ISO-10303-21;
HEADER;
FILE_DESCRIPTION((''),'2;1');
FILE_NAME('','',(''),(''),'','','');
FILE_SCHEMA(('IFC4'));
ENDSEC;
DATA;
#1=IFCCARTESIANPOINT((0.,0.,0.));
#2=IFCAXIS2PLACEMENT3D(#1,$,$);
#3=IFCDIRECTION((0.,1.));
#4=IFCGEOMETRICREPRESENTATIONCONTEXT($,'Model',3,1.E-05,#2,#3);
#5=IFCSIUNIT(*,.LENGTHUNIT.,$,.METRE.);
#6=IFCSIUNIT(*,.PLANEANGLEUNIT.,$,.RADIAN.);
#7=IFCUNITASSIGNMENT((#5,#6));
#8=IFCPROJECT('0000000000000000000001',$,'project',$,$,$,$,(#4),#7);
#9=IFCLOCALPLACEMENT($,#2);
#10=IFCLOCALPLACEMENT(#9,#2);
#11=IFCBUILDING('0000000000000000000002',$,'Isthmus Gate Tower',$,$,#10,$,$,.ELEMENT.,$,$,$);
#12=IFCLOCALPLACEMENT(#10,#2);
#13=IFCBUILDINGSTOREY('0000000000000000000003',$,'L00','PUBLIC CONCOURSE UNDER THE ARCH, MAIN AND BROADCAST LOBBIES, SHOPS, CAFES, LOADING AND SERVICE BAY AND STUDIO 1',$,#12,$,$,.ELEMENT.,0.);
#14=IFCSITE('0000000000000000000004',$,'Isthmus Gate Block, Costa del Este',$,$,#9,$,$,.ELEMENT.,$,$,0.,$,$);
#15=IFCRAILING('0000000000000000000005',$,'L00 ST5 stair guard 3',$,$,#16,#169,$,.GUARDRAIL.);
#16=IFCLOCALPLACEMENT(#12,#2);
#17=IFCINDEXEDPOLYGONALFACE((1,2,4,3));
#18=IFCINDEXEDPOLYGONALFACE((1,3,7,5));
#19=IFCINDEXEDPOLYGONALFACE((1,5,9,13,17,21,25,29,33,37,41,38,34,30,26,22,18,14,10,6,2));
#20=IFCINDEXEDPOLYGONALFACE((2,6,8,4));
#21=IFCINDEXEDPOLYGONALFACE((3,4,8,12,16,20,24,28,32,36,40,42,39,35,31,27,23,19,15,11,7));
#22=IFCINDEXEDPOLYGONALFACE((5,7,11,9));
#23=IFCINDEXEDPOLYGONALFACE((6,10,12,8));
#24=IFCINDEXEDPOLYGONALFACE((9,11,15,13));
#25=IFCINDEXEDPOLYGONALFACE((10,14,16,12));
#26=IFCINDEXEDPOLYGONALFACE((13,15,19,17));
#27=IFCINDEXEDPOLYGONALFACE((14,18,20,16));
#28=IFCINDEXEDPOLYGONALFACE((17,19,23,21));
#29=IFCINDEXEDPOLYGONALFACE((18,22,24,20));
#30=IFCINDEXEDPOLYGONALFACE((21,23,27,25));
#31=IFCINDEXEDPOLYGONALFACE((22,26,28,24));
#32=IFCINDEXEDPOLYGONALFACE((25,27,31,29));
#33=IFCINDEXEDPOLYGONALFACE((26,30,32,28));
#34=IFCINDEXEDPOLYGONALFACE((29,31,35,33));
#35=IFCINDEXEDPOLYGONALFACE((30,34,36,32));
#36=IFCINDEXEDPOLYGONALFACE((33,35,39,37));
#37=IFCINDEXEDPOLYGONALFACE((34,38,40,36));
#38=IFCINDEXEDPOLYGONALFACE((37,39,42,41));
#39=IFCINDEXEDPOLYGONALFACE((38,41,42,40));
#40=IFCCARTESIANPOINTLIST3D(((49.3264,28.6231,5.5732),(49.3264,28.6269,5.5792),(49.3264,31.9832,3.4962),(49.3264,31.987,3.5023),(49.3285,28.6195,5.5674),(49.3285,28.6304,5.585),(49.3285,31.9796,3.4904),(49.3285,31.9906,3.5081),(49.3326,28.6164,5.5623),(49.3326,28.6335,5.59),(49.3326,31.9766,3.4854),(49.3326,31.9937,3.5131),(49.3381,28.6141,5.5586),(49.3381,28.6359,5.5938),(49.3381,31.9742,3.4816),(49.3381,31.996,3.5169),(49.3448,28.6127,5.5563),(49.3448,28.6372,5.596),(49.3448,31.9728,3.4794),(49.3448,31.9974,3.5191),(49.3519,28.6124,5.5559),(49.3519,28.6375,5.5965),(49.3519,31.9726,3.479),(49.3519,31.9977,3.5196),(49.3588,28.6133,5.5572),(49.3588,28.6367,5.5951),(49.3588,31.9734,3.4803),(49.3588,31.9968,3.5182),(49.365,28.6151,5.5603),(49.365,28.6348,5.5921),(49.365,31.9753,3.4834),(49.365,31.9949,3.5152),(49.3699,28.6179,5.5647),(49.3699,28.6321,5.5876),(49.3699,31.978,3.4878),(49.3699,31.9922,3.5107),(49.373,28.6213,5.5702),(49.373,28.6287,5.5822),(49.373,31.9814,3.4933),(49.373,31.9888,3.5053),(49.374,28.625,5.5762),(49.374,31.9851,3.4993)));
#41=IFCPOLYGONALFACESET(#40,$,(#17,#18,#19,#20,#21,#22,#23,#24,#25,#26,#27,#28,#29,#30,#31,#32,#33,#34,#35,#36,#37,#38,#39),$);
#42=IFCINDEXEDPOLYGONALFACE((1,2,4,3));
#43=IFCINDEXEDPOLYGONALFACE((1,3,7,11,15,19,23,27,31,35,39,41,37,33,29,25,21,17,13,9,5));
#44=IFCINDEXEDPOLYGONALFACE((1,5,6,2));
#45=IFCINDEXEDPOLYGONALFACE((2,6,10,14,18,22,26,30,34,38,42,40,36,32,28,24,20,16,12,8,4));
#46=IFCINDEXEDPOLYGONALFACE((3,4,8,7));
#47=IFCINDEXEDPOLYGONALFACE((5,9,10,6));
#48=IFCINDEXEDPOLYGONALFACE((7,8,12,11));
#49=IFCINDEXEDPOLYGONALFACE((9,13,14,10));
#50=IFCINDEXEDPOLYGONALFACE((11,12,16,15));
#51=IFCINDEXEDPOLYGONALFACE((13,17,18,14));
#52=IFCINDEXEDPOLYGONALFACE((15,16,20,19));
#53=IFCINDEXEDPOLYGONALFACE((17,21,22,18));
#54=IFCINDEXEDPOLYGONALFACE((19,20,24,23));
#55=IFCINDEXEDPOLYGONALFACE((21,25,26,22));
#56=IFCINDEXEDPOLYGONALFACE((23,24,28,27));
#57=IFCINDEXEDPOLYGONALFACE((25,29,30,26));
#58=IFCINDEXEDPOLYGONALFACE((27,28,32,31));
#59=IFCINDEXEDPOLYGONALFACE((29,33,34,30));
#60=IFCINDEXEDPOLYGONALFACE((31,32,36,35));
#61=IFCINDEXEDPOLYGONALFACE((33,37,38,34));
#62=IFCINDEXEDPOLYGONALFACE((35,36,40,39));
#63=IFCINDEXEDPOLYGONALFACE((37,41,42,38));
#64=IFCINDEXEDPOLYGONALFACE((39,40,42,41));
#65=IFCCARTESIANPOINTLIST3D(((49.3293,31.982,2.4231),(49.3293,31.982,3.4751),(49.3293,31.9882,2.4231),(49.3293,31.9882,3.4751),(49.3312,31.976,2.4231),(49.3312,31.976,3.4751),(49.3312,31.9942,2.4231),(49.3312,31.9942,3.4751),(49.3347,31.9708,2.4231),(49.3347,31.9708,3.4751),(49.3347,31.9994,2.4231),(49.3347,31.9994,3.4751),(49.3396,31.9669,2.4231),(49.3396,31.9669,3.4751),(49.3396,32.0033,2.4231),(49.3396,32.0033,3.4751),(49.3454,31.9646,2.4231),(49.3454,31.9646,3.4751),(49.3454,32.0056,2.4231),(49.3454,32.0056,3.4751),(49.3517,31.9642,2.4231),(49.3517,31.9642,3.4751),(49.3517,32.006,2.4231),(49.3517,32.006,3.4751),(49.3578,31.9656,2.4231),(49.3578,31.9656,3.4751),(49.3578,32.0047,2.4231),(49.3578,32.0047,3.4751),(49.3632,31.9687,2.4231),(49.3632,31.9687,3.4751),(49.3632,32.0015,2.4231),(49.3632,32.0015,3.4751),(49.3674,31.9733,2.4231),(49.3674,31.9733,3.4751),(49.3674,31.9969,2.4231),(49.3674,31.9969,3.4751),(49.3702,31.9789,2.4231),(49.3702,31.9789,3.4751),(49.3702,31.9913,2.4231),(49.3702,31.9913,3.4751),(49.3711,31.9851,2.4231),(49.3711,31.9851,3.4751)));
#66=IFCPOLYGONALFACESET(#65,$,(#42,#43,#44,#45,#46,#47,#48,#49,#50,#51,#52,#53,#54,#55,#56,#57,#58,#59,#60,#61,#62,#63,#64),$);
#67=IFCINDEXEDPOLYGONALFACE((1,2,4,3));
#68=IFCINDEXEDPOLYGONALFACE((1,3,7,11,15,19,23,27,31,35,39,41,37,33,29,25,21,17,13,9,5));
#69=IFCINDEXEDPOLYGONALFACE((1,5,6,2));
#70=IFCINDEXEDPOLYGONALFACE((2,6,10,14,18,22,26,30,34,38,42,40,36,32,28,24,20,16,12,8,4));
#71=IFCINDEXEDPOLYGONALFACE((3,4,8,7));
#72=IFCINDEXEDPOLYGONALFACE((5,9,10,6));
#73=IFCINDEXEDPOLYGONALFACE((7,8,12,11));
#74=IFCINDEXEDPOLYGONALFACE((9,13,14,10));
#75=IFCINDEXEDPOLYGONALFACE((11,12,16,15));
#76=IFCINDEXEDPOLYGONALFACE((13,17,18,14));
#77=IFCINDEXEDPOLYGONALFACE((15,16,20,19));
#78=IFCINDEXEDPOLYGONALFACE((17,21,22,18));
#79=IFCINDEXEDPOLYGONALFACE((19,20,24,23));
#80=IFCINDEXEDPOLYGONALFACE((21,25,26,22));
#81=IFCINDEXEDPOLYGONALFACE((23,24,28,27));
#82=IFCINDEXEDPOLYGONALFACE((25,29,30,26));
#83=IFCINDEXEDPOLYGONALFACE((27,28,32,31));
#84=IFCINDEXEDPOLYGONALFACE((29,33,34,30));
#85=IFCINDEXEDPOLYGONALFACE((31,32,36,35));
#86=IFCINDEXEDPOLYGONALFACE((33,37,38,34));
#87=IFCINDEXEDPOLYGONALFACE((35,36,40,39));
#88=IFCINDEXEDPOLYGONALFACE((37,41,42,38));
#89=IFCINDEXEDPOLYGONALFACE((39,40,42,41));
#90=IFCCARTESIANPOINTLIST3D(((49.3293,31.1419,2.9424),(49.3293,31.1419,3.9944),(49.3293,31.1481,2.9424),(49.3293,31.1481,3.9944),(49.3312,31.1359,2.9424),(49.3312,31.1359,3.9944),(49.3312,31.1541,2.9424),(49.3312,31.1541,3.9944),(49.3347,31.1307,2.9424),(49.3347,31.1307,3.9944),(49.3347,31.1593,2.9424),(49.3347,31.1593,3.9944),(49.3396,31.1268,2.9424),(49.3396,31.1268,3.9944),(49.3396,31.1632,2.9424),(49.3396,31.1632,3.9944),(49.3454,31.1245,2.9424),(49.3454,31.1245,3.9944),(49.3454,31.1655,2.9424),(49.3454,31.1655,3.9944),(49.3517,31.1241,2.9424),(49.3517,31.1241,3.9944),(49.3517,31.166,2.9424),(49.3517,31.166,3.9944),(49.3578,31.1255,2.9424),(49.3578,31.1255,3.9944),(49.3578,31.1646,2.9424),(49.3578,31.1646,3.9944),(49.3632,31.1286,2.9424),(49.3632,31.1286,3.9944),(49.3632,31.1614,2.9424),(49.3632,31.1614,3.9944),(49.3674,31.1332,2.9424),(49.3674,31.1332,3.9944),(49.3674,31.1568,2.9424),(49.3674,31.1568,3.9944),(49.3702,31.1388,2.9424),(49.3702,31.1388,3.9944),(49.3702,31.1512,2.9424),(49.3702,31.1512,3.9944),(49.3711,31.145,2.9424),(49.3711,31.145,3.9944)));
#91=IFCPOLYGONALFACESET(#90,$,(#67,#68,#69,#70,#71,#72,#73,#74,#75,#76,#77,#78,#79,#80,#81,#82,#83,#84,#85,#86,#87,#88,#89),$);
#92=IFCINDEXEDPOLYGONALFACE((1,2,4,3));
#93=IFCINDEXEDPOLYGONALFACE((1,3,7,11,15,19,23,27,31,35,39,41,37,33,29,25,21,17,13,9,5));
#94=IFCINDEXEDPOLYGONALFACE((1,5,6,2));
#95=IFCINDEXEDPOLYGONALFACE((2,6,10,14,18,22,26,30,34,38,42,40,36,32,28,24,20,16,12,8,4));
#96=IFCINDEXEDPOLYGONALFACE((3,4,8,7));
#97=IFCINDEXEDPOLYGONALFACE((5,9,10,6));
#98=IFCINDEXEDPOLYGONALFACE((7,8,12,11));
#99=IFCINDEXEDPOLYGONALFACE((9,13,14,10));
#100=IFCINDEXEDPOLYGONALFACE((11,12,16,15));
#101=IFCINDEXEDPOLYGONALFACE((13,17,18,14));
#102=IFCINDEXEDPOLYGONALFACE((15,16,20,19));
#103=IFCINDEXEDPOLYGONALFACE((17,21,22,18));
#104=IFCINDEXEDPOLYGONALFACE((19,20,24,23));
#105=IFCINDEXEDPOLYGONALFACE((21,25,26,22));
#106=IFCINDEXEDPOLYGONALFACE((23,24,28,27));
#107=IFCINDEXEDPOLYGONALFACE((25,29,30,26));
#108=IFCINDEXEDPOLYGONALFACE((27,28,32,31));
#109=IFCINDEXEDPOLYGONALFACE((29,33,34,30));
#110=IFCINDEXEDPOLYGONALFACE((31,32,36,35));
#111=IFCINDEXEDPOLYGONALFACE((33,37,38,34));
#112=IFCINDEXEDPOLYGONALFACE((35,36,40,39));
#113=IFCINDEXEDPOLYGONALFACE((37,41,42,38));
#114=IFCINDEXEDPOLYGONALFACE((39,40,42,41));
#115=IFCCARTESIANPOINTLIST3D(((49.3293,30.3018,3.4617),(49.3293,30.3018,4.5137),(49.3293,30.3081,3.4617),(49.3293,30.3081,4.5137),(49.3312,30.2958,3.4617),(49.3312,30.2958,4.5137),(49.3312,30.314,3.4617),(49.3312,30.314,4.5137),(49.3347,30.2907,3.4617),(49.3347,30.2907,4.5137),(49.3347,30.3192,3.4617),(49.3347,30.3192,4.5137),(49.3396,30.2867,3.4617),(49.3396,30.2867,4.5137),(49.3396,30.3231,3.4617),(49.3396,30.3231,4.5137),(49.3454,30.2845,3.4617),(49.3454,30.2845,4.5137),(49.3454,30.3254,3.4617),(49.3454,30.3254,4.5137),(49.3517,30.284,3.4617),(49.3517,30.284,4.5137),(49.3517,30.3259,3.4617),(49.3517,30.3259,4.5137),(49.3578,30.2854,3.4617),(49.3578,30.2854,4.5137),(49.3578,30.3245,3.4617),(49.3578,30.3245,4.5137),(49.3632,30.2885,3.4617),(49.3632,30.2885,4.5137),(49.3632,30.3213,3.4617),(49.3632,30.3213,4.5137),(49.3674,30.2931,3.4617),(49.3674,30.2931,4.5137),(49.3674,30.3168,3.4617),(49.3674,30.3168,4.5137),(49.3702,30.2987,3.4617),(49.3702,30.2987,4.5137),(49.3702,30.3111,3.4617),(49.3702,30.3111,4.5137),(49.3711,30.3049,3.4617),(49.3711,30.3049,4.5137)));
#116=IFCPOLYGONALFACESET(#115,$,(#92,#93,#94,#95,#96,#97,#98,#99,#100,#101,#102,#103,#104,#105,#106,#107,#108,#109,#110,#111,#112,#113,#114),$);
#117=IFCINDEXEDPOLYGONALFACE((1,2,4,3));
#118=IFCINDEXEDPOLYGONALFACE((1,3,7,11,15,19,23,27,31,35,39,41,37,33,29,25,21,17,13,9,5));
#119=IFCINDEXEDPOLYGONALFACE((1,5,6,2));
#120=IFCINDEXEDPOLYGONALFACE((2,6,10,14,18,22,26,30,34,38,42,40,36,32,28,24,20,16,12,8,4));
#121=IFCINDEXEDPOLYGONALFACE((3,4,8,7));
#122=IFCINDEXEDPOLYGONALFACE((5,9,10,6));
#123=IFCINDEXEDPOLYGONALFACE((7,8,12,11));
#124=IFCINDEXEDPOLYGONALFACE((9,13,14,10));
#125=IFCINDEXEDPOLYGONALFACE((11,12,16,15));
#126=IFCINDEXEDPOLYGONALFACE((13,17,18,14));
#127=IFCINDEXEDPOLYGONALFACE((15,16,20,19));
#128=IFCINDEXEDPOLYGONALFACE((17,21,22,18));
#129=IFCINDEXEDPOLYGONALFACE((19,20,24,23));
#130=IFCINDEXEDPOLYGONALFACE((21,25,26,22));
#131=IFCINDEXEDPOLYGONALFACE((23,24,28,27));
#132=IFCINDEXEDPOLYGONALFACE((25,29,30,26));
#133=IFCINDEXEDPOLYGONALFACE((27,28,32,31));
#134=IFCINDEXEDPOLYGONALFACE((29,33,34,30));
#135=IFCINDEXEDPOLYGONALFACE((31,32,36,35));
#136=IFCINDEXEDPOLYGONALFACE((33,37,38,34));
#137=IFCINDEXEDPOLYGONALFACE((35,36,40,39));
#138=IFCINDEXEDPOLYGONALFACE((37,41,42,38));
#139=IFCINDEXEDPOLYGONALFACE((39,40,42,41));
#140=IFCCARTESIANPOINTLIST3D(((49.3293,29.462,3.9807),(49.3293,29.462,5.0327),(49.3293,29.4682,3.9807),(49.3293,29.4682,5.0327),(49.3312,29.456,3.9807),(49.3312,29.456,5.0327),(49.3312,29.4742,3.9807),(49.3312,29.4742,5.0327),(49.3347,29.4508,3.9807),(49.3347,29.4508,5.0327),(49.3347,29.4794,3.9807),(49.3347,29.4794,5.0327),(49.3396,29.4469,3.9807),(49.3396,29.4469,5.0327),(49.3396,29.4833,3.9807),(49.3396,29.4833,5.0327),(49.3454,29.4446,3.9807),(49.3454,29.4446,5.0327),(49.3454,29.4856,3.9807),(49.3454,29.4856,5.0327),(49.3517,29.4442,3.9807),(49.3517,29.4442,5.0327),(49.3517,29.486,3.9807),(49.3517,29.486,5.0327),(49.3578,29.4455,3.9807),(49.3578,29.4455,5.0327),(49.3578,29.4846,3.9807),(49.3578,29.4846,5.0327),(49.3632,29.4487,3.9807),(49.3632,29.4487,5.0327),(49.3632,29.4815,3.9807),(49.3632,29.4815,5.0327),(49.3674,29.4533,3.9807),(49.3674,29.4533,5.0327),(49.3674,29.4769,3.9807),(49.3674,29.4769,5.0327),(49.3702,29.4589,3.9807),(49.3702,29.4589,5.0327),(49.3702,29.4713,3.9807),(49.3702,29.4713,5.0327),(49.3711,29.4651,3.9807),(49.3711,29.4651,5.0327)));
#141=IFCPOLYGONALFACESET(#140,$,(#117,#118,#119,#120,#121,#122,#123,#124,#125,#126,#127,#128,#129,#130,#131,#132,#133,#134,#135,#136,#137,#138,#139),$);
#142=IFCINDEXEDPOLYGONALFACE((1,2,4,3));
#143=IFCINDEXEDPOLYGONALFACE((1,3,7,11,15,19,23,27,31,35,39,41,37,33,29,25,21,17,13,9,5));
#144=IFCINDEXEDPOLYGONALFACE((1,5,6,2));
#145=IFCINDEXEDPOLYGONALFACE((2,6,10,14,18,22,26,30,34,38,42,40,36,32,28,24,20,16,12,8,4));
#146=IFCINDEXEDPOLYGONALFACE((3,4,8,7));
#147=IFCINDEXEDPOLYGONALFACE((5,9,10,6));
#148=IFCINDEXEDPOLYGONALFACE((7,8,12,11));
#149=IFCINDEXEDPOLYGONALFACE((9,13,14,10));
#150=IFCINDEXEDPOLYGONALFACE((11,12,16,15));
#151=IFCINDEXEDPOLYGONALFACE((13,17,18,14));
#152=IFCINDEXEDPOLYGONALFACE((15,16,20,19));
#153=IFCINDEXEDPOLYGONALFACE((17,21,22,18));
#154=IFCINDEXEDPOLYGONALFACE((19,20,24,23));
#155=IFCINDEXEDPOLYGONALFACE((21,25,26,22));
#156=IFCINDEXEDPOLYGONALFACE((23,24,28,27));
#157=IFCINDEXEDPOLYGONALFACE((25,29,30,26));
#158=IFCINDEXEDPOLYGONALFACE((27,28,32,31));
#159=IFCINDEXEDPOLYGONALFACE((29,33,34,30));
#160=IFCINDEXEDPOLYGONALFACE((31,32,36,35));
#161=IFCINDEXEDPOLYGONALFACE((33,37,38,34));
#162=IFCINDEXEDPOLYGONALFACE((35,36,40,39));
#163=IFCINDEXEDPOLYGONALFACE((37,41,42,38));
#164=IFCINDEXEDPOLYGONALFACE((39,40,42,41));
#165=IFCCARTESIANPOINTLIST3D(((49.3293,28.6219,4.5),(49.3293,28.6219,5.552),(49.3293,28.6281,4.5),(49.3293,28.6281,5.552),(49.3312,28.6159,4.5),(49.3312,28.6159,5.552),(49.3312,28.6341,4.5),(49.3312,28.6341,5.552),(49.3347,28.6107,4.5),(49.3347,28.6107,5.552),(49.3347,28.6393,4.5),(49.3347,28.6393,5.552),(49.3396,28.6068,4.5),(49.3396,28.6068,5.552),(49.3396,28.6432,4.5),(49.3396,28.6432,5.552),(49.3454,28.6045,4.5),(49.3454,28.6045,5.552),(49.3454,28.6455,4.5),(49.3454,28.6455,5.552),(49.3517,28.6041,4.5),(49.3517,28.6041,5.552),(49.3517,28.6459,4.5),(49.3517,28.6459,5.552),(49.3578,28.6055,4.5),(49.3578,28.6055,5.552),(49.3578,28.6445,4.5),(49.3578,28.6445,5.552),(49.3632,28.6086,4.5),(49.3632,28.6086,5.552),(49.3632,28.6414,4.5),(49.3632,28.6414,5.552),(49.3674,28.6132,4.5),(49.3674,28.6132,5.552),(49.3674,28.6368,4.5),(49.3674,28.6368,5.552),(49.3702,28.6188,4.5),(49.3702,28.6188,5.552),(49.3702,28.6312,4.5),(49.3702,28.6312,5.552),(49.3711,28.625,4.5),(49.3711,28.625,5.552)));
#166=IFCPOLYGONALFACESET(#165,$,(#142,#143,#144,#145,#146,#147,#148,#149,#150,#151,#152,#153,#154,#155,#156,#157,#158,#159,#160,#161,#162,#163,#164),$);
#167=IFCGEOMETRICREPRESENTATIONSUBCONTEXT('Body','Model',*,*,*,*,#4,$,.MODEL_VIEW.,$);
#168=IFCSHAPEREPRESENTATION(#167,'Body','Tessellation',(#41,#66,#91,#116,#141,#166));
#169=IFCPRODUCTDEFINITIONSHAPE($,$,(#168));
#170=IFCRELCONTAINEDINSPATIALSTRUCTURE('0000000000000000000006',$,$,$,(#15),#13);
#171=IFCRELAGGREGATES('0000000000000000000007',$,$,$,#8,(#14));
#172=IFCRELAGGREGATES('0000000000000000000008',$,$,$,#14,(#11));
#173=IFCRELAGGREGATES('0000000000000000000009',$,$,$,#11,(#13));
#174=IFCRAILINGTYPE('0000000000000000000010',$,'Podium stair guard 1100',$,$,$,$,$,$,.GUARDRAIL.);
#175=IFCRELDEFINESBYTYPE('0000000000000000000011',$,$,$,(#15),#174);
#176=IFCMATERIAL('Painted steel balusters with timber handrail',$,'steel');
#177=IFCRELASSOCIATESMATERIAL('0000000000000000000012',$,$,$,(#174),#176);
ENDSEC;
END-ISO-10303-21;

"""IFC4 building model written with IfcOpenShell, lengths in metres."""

from ifc_helpers import new_model, si_unit, direction, frame, origin, origin_2d, place, context, subcontext, project, spatial, circle, extrude, material, type_object, element, save


model = new_model("IFC4")

# Units and contexts
model_context = context("Model", 3, precision=1e-05, world=origin(), true_north=direction((0.0, 1.0)))
body_context = subcontext(model_context, "Body", "Model", "MODEL_VIEW")
ifc_project = project(units=[si_unit("LENGTHUNIT", "METRE"), si_unit("PLANEANGLEUNIT", "RADIAN")], contexts=[model_context])

# Site, building, storey
site_placement = place(None, origin())
site = spatial("IfcSite", under=ifc_project, at=site_placement, Name="Isthmus Gate Block, Costa del Este", CompositionType="ELEMENT", RefElevation=0.0)
building_placement = place(site_placement, origin())
building = spatial("IfcBuilding", under=site, at=building_placement, Name="Isthmus Gate Tower", CompositionType="ELEMENT")
storey_placement = place(building_placement, origin())
storey = spatial("IfcBuildingStorey", under=building, at=storey_placement, Name="L00", Description="PUBLIC CONCOURSE UNDER THE ARCH, MAIN AND BROADCAST LOBBIES, SHOPS, CAFES, LOADING AND SERVICE BAY AND STUDIO 1", CompositionType="ELEMENT", Elevation=0.0)

# Railing
ifc_material_1 = material(Name="Painted steel balusters with timber handrail", Category="steel")
railing_type_1 = type_object("IfcRailingType", Name="Podium stair guard 1100", PredefinedType="GUARDRAIL", material=ifc_material_1)
railing_1_placement = place(storey_placement, frame((49.3501, 31.9851, 2.4231)))
element("IfcRailing", 1, at=railing_1_placement, inside=storey, type_object=railing_type_1, Name="L00 ST5 stair guard 3", PredefinedType="GUARDRAIL", context=body_context, shape_type="SweptSolid", body=[
    extrude(circle(Radius=0.0239, at=origin_2d()), frame((0.0, 0.0, 1.0762), z_axis=(0.0, -0.850623, 0.525776), x_axis=(1.0, 0.0, 0.0)), (0.0, 0.0, 1.0), 3.9502),
    extrude(circle(Radius=0.021, at=origin_2d()), origin(), (0.0, 0.0, 1.0), 1.052),
    extrude(circle(Radius=0.021, at=origin_2d()), frame((0.0, -0.8401, 0.5193)), (0.0, 0.0, 1.0), 1.052),
    extrude(circle(Radius=0.021, at=origin_2d()), frame((0.0, -1.6802, 1.0386)), (0.0, 0.0, 1.0), 1.052),
    extrude(circle(Radius=0.021, at=origin_2d()), frame((0.0, -2.52, 1.5576)), (0.0, 0.0, 1.0), 1.052),
    extrude(circle(Radius=0.021, at=origin_2d()), frame((0.0, -3.3601, 2.0769)), (0.0, 0.0, 1.0), 1.052),
])

save(model, "model.ifc")
